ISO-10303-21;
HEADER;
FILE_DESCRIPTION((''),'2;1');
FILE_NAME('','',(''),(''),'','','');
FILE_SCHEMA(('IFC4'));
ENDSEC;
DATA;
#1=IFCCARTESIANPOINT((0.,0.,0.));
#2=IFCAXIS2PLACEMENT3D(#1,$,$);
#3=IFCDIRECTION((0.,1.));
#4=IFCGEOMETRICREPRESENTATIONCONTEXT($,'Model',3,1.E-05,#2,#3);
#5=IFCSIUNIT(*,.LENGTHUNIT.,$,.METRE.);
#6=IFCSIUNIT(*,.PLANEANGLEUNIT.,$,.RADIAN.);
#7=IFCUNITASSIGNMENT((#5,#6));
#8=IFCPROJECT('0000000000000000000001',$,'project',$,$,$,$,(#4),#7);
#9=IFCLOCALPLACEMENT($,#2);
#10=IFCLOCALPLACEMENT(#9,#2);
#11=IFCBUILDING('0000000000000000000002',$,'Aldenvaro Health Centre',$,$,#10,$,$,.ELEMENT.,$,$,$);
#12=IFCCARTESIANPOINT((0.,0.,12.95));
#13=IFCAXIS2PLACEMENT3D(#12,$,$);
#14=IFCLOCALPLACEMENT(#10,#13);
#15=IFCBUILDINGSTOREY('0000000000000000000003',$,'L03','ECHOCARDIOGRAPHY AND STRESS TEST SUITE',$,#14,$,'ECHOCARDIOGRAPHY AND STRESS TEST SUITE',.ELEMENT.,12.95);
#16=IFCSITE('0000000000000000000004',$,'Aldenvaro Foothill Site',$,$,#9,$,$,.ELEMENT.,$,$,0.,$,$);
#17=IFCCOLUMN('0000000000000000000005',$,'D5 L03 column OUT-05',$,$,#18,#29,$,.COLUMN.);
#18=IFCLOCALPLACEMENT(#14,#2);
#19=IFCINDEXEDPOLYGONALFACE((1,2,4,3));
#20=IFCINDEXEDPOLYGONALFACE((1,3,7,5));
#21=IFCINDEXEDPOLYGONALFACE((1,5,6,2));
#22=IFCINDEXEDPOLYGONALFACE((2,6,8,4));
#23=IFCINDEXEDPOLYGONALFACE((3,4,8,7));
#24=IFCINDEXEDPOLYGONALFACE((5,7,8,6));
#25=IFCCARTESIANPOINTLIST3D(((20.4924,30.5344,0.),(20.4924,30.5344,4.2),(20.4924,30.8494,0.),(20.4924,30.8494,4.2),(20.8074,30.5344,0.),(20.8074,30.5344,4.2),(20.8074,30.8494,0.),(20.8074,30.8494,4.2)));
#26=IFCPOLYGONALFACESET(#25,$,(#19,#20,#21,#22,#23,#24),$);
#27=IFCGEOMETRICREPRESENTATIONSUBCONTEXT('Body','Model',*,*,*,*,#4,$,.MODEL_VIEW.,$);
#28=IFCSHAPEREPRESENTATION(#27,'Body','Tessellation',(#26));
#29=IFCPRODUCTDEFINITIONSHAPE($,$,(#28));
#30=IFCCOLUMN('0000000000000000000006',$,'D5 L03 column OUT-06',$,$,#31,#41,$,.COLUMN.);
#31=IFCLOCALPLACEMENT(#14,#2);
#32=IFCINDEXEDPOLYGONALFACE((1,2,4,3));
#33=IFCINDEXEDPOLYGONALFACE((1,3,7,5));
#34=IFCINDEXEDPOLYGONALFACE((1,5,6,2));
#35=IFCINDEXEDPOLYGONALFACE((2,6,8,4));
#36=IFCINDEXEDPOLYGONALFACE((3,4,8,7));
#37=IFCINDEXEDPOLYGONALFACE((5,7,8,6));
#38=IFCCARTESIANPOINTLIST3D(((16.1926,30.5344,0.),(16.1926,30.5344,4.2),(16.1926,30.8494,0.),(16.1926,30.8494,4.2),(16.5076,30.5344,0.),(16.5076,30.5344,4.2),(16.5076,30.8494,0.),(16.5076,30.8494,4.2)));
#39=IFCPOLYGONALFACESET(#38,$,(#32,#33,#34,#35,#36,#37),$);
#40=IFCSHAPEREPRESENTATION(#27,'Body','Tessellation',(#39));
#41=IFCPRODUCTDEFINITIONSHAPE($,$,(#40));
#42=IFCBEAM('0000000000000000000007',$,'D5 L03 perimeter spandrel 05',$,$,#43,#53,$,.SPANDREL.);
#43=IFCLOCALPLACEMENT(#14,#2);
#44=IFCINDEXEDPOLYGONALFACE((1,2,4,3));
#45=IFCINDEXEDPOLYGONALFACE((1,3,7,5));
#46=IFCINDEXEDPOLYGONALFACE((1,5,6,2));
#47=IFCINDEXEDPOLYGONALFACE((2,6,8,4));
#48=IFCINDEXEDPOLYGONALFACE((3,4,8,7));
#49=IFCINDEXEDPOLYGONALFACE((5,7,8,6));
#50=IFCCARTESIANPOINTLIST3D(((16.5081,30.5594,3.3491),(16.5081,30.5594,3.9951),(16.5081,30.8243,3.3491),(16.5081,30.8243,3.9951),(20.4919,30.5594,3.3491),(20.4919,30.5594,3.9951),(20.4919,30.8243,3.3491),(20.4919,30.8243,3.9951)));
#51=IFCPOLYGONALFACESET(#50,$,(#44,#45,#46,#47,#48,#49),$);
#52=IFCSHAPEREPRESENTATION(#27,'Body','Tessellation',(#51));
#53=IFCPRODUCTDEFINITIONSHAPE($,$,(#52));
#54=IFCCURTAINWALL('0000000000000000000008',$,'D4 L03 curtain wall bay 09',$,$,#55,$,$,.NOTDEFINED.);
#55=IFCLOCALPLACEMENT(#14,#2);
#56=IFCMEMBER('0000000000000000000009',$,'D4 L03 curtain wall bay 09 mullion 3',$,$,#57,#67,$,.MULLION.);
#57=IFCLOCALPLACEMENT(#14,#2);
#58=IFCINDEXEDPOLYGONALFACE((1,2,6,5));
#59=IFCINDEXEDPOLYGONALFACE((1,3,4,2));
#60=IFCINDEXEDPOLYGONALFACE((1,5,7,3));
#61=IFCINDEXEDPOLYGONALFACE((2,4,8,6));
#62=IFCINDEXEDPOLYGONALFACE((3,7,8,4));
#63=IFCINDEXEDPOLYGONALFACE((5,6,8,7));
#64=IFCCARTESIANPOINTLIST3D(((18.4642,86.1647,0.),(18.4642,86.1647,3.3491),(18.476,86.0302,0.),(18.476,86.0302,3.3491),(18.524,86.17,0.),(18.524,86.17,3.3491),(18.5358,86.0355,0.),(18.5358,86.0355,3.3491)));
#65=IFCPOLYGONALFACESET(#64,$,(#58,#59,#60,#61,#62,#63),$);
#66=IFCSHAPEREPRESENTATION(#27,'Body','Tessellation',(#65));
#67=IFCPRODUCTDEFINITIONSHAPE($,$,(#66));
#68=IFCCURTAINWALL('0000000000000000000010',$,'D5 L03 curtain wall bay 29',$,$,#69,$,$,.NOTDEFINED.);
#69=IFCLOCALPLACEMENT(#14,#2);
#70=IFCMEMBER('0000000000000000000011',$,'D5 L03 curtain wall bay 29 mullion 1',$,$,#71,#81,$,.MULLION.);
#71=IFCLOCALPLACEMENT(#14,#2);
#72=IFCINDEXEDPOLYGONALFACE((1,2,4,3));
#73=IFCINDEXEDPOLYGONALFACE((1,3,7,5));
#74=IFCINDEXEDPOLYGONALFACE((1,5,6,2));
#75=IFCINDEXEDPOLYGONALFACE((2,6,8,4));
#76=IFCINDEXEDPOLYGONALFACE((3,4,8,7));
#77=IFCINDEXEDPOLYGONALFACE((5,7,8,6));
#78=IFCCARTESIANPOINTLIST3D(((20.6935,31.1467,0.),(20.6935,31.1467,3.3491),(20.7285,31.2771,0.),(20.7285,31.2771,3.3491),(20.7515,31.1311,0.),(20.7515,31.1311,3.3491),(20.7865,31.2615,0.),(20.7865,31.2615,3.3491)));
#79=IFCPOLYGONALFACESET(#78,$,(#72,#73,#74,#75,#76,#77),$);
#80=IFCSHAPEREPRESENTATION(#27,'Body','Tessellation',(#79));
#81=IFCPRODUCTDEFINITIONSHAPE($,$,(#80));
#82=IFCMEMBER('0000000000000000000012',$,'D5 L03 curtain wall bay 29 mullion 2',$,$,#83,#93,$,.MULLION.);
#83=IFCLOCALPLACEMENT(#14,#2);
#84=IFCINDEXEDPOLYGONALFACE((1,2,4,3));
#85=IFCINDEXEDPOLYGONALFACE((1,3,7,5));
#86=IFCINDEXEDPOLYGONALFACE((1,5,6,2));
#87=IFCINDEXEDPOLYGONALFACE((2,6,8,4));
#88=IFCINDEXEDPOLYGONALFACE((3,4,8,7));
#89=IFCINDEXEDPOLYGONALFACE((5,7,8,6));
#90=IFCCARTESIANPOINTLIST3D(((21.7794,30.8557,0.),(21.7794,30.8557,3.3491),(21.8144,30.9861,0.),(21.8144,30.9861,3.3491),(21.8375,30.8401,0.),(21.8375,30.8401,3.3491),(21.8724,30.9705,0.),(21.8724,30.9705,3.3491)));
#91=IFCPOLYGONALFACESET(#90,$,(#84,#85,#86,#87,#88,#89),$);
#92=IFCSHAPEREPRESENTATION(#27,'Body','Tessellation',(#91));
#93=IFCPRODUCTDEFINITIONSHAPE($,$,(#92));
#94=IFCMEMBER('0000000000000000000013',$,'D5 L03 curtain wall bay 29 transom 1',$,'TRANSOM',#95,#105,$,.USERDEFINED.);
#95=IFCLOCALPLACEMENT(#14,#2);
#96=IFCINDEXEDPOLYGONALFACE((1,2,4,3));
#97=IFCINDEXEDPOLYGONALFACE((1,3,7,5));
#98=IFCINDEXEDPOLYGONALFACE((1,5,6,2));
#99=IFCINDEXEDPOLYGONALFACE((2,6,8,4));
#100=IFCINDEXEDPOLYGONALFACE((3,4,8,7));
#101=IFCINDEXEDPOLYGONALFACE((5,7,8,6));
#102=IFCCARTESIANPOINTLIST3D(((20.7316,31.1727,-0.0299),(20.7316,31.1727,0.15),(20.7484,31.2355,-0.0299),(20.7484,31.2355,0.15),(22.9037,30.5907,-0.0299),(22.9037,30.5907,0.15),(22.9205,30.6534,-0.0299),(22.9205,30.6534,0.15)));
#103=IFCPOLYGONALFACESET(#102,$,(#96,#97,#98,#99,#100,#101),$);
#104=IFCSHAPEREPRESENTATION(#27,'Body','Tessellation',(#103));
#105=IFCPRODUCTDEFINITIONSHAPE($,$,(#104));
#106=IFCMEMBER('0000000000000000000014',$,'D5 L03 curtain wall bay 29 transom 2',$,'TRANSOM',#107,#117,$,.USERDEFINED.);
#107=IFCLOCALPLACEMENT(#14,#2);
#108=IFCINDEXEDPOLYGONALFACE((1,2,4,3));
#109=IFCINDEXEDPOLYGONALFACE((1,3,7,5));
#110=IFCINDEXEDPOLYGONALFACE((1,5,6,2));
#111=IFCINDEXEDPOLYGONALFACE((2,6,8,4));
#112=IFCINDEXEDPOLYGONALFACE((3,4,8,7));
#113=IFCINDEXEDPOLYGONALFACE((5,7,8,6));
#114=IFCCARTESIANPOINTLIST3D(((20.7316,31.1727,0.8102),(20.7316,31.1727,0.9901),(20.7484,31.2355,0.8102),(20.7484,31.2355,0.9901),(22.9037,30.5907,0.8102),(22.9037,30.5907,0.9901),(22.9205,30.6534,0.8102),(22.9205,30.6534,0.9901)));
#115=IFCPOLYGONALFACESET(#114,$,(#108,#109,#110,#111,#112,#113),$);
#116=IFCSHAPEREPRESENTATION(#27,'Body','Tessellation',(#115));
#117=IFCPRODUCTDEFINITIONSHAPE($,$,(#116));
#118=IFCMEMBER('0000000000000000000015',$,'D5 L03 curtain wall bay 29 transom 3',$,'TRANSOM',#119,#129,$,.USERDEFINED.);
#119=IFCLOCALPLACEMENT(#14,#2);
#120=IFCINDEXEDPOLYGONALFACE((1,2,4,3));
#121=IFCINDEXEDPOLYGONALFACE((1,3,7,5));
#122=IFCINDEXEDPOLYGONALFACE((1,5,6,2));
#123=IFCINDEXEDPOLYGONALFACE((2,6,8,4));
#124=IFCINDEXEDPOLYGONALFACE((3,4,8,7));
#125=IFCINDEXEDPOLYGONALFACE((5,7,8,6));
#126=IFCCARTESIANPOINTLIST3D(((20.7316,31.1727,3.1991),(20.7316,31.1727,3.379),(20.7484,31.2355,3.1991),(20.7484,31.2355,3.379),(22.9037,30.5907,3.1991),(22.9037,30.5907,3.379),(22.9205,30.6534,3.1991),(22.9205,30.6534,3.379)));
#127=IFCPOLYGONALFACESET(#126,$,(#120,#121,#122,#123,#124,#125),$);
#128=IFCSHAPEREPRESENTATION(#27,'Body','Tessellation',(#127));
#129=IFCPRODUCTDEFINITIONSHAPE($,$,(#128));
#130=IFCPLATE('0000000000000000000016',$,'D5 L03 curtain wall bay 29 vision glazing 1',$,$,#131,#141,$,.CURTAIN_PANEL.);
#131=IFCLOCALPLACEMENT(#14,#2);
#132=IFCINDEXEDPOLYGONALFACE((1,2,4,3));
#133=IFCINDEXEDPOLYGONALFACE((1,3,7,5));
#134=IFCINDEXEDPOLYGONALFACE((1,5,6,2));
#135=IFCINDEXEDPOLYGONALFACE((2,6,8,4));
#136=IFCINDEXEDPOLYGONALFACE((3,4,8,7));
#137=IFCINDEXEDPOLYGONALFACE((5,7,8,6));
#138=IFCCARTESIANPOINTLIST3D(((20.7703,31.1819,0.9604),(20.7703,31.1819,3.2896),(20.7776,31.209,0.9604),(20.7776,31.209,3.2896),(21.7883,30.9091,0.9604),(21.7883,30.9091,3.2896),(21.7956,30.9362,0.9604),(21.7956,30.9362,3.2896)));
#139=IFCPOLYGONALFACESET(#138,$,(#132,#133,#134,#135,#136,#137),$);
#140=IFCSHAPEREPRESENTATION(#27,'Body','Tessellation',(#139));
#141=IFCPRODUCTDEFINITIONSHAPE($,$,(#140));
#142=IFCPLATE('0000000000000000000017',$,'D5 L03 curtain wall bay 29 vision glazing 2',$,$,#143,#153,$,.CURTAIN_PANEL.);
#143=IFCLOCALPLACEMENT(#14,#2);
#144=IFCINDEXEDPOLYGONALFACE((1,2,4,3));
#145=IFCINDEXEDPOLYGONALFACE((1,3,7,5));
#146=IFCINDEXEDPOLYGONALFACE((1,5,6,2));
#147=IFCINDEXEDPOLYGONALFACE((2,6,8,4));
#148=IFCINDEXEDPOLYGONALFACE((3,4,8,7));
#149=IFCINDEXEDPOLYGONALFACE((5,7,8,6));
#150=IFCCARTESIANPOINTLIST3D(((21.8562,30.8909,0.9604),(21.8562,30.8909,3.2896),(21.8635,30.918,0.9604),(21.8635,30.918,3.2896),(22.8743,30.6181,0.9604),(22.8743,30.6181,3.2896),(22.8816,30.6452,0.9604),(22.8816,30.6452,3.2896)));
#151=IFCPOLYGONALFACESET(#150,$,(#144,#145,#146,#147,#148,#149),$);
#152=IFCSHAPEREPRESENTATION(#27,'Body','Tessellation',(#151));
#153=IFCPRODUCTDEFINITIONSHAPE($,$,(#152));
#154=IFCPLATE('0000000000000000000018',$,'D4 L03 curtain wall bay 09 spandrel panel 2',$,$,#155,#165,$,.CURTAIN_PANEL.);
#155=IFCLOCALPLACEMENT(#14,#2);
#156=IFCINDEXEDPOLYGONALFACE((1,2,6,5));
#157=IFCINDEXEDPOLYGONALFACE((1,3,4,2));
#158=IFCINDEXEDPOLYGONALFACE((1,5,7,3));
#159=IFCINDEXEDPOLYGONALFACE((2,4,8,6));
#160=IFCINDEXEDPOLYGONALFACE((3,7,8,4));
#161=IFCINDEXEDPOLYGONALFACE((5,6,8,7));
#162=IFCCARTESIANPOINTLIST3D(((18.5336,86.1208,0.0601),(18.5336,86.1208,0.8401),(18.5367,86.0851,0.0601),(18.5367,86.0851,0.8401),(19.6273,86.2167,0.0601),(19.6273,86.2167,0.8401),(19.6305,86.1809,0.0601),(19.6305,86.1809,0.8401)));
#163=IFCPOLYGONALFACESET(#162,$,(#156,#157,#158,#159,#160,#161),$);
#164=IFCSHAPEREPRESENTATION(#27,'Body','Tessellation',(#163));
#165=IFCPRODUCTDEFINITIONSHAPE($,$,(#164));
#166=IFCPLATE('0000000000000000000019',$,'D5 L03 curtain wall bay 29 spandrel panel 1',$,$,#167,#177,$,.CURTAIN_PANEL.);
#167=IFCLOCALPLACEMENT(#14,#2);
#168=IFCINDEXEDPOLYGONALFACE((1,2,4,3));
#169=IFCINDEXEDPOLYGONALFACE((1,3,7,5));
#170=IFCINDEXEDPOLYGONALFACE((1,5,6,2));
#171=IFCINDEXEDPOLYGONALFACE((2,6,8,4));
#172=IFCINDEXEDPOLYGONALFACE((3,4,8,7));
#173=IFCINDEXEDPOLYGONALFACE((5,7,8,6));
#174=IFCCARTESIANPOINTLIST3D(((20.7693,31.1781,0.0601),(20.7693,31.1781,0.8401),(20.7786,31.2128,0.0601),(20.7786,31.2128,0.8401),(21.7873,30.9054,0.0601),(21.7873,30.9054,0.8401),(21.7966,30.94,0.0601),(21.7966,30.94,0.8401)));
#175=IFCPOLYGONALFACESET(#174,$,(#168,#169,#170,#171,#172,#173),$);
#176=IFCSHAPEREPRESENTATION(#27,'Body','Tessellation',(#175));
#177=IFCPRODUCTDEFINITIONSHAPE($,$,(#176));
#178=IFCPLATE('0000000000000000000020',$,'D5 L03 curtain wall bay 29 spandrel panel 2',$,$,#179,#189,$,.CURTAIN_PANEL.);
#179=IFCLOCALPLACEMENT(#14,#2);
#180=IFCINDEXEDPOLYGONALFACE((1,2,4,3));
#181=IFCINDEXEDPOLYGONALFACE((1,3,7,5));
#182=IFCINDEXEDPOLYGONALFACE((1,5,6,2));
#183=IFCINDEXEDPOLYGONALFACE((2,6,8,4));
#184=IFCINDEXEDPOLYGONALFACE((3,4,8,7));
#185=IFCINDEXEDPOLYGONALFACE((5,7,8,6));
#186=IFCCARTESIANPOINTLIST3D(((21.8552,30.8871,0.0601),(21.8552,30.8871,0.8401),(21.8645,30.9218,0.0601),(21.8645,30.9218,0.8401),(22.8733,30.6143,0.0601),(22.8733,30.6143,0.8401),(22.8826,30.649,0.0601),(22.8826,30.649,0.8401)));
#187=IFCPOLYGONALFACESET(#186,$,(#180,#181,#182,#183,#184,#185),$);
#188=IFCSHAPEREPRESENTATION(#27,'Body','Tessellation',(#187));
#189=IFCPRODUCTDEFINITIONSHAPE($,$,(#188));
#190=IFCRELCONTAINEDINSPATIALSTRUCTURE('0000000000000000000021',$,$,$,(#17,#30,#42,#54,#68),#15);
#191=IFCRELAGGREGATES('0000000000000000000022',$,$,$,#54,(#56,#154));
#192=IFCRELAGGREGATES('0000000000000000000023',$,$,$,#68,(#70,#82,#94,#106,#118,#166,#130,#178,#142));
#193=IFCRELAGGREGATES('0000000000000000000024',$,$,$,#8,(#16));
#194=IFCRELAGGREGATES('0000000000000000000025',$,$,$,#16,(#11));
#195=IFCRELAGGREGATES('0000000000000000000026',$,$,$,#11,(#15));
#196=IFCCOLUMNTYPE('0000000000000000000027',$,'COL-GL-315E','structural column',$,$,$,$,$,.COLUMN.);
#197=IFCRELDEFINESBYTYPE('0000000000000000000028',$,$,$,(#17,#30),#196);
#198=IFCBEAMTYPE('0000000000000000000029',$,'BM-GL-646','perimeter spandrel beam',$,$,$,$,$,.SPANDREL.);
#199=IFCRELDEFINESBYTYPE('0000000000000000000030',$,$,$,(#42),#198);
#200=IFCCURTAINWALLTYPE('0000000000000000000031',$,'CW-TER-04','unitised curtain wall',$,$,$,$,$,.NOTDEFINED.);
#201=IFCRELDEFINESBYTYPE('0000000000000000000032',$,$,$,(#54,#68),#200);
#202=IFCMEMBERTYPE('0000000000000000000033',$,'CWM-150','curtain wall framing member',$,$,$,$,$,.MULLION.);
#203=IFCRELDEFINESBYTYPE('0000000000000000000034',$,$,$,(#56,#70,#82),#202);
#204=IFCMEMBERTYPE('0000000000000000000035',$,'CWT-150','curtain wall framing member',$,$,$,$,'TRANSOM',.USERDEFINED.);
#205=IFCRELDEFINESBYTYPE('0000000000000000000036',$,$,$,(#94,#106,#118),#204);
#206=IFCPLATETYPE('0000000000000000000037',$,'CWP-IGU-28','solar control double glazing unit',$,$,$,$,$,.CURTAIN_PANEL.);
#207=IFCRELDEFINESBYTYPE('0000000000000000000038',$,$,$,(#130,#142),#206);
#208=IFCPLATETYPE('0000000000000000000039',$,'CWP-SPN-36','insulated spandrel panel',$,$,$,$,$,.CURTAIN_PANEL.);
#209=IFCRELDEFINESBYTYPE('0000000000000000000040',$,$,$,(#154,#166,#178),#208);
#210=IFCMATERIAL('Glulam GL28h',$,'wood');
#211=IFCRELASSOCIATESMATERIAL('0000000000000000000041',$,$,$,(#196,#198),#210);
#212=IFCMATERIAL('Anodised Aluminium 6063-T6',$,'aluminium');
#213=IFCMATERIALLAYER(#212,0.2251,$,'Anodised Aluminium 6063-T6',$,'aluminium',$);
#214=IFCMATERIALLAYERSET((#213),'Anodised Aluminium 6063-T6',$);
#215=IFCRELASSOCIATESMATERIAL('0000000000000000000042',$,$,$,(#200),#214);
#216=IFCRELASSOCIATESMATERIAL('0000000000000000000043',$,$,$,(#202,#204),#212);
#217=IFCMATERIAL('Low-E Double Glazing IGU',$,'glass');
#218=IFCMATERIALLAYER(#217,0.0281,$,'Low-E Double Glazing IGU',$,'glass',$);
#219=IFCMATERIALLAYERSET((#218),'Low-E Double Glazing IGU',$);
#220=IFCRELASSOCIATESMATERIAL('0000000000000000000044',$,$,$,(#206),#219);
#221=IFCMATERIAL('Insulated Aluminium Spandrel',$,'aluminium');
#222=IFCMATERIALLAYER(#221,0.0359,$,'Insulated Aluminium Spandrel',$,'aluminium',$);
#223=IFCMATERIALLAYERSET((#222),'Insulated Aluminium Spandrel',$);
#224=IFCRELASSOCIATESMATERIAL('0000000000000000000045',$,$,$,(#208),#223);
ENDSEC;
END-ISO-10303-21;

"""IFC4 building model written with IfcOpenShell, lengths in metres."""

from ifc_helpers import new_model, si_unit, direction, frame, origin, origin_2d, place, context, subcontext, project, spatial, rectangle, extrude, material, layer, layer_set, material_profile, profile_set, type_object, element, aggregate, save


model = new_model("IFC4")

# Units and contexts
model_context = context("Model", 3, precision=1e-05, world=origin(), true_north=direction((0.0, 1.0)))
body_context = subcontext(model_context, "Body", "Model", "MODEL_VIEW")
ifc_project = project(units=[si_unit("LENGTHUNIT", "METRE"), si_unit("PLANEANGLEUNIT", "RADIAN")], contexts=[model_context])

# Site, building, storey
site_placement = place(None, origin())
site = spatial("IfcSite", under=ifc_project, at=site_placement, Name="Aldenvaro Foothill Site", CompositionType="ELEMENT", RefElevation=0.0)
building_placement = place(site_placement, origin())
building = spatial("IfcBuilding", under=site, at=building_placement, Name="Aldenvaro Health Centre", CompositionType="ELEMENT")
storey_placement = place(building_placement, frame((0.0, 0.0, 12.95)))
storey = spatial("IfcBuildingStorey", under=building, at=storey_placement, Name="L03", Description="ECHOCARDIOGRAPHY AND STRESS TEST SUITE", LongName="ECHOCARDIOGRAPHY AND STRESS TEST SUITE", CompositionType="ELEMENT", Elevation=12.95)

# Columns
ifc_material_1 = material(Name="Glulam GL28h", Category="wood")
ifc_material_profile_1 = material_profile(ifc_material_1, rectangle(XDim=0.3149, YDim=0.3149, at=origin_2d()), Name="GL 315x315", Category="wood")
ifc_profile_set_1 = profile_set([ifc_material_profile_1], Name="Glulam GL28h")
column_type = type_object("IfcColumnType", Name="COL-GL-315E", Description="structural column", PredefinedType="COLUMN", material=ifc_profile_set_1)
for number, where, z_axis, x_axis, name in (
    (1, (20.6499, 30.6919, 0.0), (0.0, 0.0, 1.0), (1.0, 0.0, 0.0), "D5 L03 column OUT-05"),
    (2, (16.3501, 30.6919, 0.0), (0.0, 0.0, 1.0), (1.0, 0.0, 0.0), "D5 L03 column OUT-06"),
):
    element("IfcColumn", number, at=place(storey_placement, frame(where, z_axis=z_axis, x_axis=x_axis)), inside=storey, type_object=column_type, Name=name, PredefinedType="COLUMN", context=body_context, shape_type="SweptSolid", body=[
        extrude(rectangle(XDim=0.3149, YDim=0.3149, at=origin_2d()), origin(), (0.0, 0.0, 1.0), 4.2),
    ])

# Beam
ifc_material_profile_2 = material_profile(ifc_material_1, rectangle(XDim=0.2649, YDim=0.646, at=origin_2d()), Name="GL 265x646", Category="wood")
ifc_profile_set_2 = profile_set([ifc_material_profile_2], Name="Glulam GL28h")
beam_type = type_object("IfcBeamType", Name="BM-GL-646", Description="perimeter spandrel beam", PredefinedType="SPANDREL", material=ifc_profile_set_2)
beam_placement = place(storey_placement, frame((20.4919, 30.6919, 3.6721), z_axis=(-1.0, 0.0, 0.0), x_axis=(0.0, -1.0, 0.0)))
element("IfcBeam", 3, at=beam_placement, inside=storey, type_object=beam_type, Name="D5 L03 perimeter spandrel 05", PredefinedType="SPANDREL", context=body_context, shape_type="SweptSolid", body=[
    extrude(rectangle(XDim=0.2649, YDim=0.646, at=origin_2d()), origin(), (0.0, 0.0, 1.0), 3.9839),
])

# Curtain wall, member
ifc_material_2 = material(Name="Anodised Aluminium 6063-T6", Category="aluminium")
ifc_layer_1 = layer(ifc_material_2, 0.2251, Name="Anodised Aluminium 6063-T6", Category="aluminium")
ifc_layer_set_1 = layer_set([ifc_layer_1], Name="Anodised Aluminium 6063-T6")
curtain_wall_type = type_object("IfcCurtainWallType", Name="CW-TER-04", Description="unitised curtain wall", PredefinedType="NOTDEFINED", material=ifc_layer_set_1)
curtain_wall_1_placement = place(storey_placement, origin())
curtain_wall_1 = element("IfcCurtainWall", 4, at=curtain_wall_1_placement, inside=storey, type_object=curtain_wall_type, Name="D4 L03 curtain wall bay 09", PredefinedType="NOTDEFINED")
ifc_material_profile_3 = material_profile(ifc_material_2, rectangle(XDim=0.0601, YDim=0.135, at=origin_2d()), Name="ALU 60x135", Category="aluminium")
ifc_profile_set_3 = profile_set([ifc_material_profile_3], Name="Anodised Aluminium 6063-T6")
member_type_1 = type_object("IfcMemberType", Name="CWM-150", Description="curtain wall framing member", PredefinedType="MULLION", material=ifc_profile_set_3)
member_1_placement = place(storey_placement, frame((18.5, 86.1001, 0.0), z_axis=(0.0, 0.0, 1.0), x_axis=(-0.996179, -0.087332, 0.0)))
member_1 = element("IfcMember", 5, at=member_1_placement, type_object=member_type_1, Name="D4 L03 curtain wall bay 09 mullion 3", PredefinedType="MULLION", context=body_context, shape_type="SweptSolid", body=[
    extrude(rectangle(XDim=0.0601, YDim=0.135, at=origin_2d()), origin(), (0.0, 0.0, 1.0), 3.3491),
])

# Curtain wall, members, plates
curtain_wall_2_placement = place(storey_placement, origin())
curtain_wall_2 = element("IfcCurtainWall", 6, at=curtain_wall_2_placement, inside=storey, type_object=curtain_wall_type, Name="D5 L03 curtain wall bay 29", PredefinedType="NOTDEFINED")
member_2_placement = place(storey_placement, frame((20.74, 31.2041, 0.0), z_axis=(0.0, 0.0, 1.0), x_axis=(0.965924, -0.258825, 0.0)))
member_2 = element("IfcMember", 7, at=member_2_placement, type_object=member_type_1, Name="D5 L03 curtain wall bay 29 mullion 1", PredefinedType="MULLION", context=body_context, shape_type="SweptSolid", body=[
    extrude(rectangle(XDim=0.0601, YDim=0.135, at=origin_2d()), origin(), (0.0, 0.0, 1.0), 3.3491),
])
member_3_placement = place(storey_placement, frame((21.8259, 30.9131, 0.0), z_axis=(0.0, 0.0, 1.0), x_axis=(0.965924, -0.258825, 0.0)))
member_3 = element("IfcMember", 8, at=member_3_placement, type_object=member_type_1, Name="D5 L03 curtain wall bay 29 mullion 2", PredefinedType="MULLION", context=body_context, shape_type="SweptSolid", body=[
    extrude(rectangle(XDim=0.0601, YDim=0.135, at=origin_2d()), origin(), (0.0, 0.0, 1.0), 3.3491),
])
ifc_material_profile_4 = material_profile(ifc_material_2, rectangle(XDim=0.0649, YDim=0.1799, at=origin_2d()), Name="ALU 65x180", Category="aluminium")
ifc_profile_set_4 = profile_set([ifc_material_profile_4], Name="Anodised Aluminium 6063-T6")
member_type_2 = type_object("IfcMemberType", Name="CWT-150", Description="curtain wall framing member", ElementType="TRANSOM", PredefinedType="USERDEFINED", material=ifc_profile_set_4)
member_4_placement = place(storey_placement, frame((20.74, 31.2041, 0.0601), z_axis=(0.965924, -0.258825, 0.0), x_axis=(0.258825, 0.965924, 0.0)))
member_4 = element("IfcMember", 9, at=member_4_placement, type_object=member_type_2, Name="D5 L03 curtain wall bay 29 transom 1", ObjectType="TRANSOM", PredefinedType="USERDEFINED", context=body_context, shape_type="SweptSolid", body=[
    extrude(rectangle(XDim=0.0649, YDim=0.1799, at=origin_2d()), origin(), (0.0, 0.0, 1.0), 2.2488),
])
member_5_placement = place(storey_placement, frame((20.74, 31.2041, 0.9001), z_axis=(0.965924, -0.258825, 0.0), x_axis=(0.258825, 0.965924, 0.0)))
member_5 = element("IfcMember", 10, at=member_5_placement, type_object=member_type_2, Name="D5 L03 curtain wall bay 29 transom 2", ObjectType="TRANSOM", PredefinedType="USERDEFINED", context=body_context, shape_type="SweptSolid", body=[
    extrude(rectangle(XDim=0.0649, YDim=0.1799, at=origin_2d()), origin(), (0.0, 0.0, 1.0), 2.2488),
])
member_6_placement = place(storey_placement, frame((20.74, 31.2041, 3.2891), z_axis=(0.965924, -0.258825, 0.0), x_axis=(0.258825, 0.965924, 0.0)))
member_6 = element("IfcMember", 11, at=member_6_placement, type_object=member_type_2, Name="D5 L03 curtain wall bay 29 transom 3", ObjectType="TRANSOM", PredefinedType="USERDEFINED", context=body_context, shape_type="SweptSolid", body=[
    extrude(rectangle(XDim=0.0649, YDim=0.1799, at=origin_2d()), origin(), (0.0, 0.0, 1.0), 2.2488),
])
ifc_material_3 = material(Name="Low-E Double Glazing IGU", Category="glass")
ifc_layer_2 = layer(ifc_material_3, 0.0281, Name="Low-E Double Glazing IGU", Category="glass")
ifc_layer_set_2 = layer_set([ifc_layer_2], Name="Low-E Double Glazing IGU")
plate_type_1 = type_object("IfcPlateType", Name="CWP-IGU-28", Description="solar control double glazing unit", PredefinedType="CURTAIN_PANEL", material=ifc_layer_set_2)
plate_1_placement = place(storey_placement, frame((21.283, 31.0591, 0.9604), z_axis=(0.0, 0.0, 1.0), x_axis=(0.965924, -0.258825, 0.0)))
plate_1 = element("IfcPlate", 12, at=plate_1_placement, type_object=plate_type_1, Name="D5 L03 curtain wall bay 29 vision glazing 1", PredefinedType="CURTAIN_PANEL", context=body_context, shape_type="SweptSolid", body=[
    extrude(rectangle(XDim=1.054, YDim=0.0281, at=origin_2d()), origin(), (0.0, 0.0, 1.0), 2.3291),
])
plate_2_placement = place(storey_placement, frame((22.3689, 30.7681, 0.9604), z_axis=(0.0, 0.0, 1.0), x_axis=(0.965924, -0.258825, 0.0)))
plate_2 = element("IfcPlate", 13, at=plate_2_placement, type_object=plate_type_1, Name="D5 L03 curtain wall bay 29 vision glazing 2", PredefinedType="CURTAIN_PANEL", context=body_context, shape_type="SweptSolid", body=[
    extrude(rectangle(XDim=1.054, YDim=0.0281, at=origin_2d()), origin(), (0.0, 0.0, 1.0), 2.3291),
])

# Plates
ifc_material_4 = material(Name="Insulated Aluminium Spandrel", Category="aluminium")
ifc_layer_3 = layer(ifc_material_4, 0.0359, Name="Insulated Aluminium Spandrel", Category="aluminium")
ifc_layer_set_3 = layer_set([ifc_layer_3], Name="Insulated Aluminium Spandrel")
plate_type_2 = type_object("IfcPlateType", Name="CWP-SPN-36", Description="insulated spandrel panel", PredefinedType="CURTAIN_PANEL", material=ifc_layer_set_3)
plate_3_placement = place(storey_placement, frame((19.082, 86.1509, 0.0601), z_axis=(0.0, 0.0, 1.0), x_axis=(-0.996179, -0.087332, 0.0)))
plate_3 = element("IfcPlate", 14, at=plate_3_placement, type_object=plate_type_2, Name="D4 L03 curtain wall bay 09 spandrel panel 2", PredefinedType="CURTAIN_PANEL", context=body_context, shape_type="SweptSolid", body=[
    extrude(rectangle(XDim=1.0979, YDim=0.0359, at=origin_2d()), origin(), (0.0, 0.0, 1.0), 0.78),
])
aggregate(curtain_wall_1, [member_1, plate_3])
plate_4_placement = place(storey_placement, frame((21.283, 31.0591, 0.0601), z_axis=(0.0, 0.0, 1.0), x_axis=(0.965924, -0.258825, 0.0)))
plate_4 = element("IfcPlate", 15, at=plate_4_placement, type_object=plate_type_2, Name="D5 L03 curtain wall bay 29 spandrel panel 1", PredefinedType="CURTAIN_PANEL", context=body_context, shape_type="SweptSolid", body=[
    extrude(rectangle(XDim=1.054, YDim=0.0359, at=origin_2d()), origin(), (0.0, 0.0, 1.0), 0.78),
])
plate_5_placement = place(storey_placement, frame((22.3689, 30.7681, 0.0601), z_axis=(0.0, 0.0, 1.0), x_axis=(0.965924, -0.258825, 0.0)))
plate_5 = element("IfcPlate", 16, at=plate_5_placement, type_object=plate_type_2, Name="D5 L03 curtain wall bay 29 spandrel panel 2", PredefinedType="CURTAIN_PANEL", context=body_context, shape_type="SweptSolid", body=[
    extrude(rectangle(XDim=1.054, YDim=0.0359, at=origin_2d()), origin(), (0.0, 0.0, 1.0), 0.78),
])
aggregate(curtain_wall_2, [member_2, member_3, member_4, member_5, member_6, plate_4, plate_1, plate_5, plate_2])

save(model, "model.ifc")
